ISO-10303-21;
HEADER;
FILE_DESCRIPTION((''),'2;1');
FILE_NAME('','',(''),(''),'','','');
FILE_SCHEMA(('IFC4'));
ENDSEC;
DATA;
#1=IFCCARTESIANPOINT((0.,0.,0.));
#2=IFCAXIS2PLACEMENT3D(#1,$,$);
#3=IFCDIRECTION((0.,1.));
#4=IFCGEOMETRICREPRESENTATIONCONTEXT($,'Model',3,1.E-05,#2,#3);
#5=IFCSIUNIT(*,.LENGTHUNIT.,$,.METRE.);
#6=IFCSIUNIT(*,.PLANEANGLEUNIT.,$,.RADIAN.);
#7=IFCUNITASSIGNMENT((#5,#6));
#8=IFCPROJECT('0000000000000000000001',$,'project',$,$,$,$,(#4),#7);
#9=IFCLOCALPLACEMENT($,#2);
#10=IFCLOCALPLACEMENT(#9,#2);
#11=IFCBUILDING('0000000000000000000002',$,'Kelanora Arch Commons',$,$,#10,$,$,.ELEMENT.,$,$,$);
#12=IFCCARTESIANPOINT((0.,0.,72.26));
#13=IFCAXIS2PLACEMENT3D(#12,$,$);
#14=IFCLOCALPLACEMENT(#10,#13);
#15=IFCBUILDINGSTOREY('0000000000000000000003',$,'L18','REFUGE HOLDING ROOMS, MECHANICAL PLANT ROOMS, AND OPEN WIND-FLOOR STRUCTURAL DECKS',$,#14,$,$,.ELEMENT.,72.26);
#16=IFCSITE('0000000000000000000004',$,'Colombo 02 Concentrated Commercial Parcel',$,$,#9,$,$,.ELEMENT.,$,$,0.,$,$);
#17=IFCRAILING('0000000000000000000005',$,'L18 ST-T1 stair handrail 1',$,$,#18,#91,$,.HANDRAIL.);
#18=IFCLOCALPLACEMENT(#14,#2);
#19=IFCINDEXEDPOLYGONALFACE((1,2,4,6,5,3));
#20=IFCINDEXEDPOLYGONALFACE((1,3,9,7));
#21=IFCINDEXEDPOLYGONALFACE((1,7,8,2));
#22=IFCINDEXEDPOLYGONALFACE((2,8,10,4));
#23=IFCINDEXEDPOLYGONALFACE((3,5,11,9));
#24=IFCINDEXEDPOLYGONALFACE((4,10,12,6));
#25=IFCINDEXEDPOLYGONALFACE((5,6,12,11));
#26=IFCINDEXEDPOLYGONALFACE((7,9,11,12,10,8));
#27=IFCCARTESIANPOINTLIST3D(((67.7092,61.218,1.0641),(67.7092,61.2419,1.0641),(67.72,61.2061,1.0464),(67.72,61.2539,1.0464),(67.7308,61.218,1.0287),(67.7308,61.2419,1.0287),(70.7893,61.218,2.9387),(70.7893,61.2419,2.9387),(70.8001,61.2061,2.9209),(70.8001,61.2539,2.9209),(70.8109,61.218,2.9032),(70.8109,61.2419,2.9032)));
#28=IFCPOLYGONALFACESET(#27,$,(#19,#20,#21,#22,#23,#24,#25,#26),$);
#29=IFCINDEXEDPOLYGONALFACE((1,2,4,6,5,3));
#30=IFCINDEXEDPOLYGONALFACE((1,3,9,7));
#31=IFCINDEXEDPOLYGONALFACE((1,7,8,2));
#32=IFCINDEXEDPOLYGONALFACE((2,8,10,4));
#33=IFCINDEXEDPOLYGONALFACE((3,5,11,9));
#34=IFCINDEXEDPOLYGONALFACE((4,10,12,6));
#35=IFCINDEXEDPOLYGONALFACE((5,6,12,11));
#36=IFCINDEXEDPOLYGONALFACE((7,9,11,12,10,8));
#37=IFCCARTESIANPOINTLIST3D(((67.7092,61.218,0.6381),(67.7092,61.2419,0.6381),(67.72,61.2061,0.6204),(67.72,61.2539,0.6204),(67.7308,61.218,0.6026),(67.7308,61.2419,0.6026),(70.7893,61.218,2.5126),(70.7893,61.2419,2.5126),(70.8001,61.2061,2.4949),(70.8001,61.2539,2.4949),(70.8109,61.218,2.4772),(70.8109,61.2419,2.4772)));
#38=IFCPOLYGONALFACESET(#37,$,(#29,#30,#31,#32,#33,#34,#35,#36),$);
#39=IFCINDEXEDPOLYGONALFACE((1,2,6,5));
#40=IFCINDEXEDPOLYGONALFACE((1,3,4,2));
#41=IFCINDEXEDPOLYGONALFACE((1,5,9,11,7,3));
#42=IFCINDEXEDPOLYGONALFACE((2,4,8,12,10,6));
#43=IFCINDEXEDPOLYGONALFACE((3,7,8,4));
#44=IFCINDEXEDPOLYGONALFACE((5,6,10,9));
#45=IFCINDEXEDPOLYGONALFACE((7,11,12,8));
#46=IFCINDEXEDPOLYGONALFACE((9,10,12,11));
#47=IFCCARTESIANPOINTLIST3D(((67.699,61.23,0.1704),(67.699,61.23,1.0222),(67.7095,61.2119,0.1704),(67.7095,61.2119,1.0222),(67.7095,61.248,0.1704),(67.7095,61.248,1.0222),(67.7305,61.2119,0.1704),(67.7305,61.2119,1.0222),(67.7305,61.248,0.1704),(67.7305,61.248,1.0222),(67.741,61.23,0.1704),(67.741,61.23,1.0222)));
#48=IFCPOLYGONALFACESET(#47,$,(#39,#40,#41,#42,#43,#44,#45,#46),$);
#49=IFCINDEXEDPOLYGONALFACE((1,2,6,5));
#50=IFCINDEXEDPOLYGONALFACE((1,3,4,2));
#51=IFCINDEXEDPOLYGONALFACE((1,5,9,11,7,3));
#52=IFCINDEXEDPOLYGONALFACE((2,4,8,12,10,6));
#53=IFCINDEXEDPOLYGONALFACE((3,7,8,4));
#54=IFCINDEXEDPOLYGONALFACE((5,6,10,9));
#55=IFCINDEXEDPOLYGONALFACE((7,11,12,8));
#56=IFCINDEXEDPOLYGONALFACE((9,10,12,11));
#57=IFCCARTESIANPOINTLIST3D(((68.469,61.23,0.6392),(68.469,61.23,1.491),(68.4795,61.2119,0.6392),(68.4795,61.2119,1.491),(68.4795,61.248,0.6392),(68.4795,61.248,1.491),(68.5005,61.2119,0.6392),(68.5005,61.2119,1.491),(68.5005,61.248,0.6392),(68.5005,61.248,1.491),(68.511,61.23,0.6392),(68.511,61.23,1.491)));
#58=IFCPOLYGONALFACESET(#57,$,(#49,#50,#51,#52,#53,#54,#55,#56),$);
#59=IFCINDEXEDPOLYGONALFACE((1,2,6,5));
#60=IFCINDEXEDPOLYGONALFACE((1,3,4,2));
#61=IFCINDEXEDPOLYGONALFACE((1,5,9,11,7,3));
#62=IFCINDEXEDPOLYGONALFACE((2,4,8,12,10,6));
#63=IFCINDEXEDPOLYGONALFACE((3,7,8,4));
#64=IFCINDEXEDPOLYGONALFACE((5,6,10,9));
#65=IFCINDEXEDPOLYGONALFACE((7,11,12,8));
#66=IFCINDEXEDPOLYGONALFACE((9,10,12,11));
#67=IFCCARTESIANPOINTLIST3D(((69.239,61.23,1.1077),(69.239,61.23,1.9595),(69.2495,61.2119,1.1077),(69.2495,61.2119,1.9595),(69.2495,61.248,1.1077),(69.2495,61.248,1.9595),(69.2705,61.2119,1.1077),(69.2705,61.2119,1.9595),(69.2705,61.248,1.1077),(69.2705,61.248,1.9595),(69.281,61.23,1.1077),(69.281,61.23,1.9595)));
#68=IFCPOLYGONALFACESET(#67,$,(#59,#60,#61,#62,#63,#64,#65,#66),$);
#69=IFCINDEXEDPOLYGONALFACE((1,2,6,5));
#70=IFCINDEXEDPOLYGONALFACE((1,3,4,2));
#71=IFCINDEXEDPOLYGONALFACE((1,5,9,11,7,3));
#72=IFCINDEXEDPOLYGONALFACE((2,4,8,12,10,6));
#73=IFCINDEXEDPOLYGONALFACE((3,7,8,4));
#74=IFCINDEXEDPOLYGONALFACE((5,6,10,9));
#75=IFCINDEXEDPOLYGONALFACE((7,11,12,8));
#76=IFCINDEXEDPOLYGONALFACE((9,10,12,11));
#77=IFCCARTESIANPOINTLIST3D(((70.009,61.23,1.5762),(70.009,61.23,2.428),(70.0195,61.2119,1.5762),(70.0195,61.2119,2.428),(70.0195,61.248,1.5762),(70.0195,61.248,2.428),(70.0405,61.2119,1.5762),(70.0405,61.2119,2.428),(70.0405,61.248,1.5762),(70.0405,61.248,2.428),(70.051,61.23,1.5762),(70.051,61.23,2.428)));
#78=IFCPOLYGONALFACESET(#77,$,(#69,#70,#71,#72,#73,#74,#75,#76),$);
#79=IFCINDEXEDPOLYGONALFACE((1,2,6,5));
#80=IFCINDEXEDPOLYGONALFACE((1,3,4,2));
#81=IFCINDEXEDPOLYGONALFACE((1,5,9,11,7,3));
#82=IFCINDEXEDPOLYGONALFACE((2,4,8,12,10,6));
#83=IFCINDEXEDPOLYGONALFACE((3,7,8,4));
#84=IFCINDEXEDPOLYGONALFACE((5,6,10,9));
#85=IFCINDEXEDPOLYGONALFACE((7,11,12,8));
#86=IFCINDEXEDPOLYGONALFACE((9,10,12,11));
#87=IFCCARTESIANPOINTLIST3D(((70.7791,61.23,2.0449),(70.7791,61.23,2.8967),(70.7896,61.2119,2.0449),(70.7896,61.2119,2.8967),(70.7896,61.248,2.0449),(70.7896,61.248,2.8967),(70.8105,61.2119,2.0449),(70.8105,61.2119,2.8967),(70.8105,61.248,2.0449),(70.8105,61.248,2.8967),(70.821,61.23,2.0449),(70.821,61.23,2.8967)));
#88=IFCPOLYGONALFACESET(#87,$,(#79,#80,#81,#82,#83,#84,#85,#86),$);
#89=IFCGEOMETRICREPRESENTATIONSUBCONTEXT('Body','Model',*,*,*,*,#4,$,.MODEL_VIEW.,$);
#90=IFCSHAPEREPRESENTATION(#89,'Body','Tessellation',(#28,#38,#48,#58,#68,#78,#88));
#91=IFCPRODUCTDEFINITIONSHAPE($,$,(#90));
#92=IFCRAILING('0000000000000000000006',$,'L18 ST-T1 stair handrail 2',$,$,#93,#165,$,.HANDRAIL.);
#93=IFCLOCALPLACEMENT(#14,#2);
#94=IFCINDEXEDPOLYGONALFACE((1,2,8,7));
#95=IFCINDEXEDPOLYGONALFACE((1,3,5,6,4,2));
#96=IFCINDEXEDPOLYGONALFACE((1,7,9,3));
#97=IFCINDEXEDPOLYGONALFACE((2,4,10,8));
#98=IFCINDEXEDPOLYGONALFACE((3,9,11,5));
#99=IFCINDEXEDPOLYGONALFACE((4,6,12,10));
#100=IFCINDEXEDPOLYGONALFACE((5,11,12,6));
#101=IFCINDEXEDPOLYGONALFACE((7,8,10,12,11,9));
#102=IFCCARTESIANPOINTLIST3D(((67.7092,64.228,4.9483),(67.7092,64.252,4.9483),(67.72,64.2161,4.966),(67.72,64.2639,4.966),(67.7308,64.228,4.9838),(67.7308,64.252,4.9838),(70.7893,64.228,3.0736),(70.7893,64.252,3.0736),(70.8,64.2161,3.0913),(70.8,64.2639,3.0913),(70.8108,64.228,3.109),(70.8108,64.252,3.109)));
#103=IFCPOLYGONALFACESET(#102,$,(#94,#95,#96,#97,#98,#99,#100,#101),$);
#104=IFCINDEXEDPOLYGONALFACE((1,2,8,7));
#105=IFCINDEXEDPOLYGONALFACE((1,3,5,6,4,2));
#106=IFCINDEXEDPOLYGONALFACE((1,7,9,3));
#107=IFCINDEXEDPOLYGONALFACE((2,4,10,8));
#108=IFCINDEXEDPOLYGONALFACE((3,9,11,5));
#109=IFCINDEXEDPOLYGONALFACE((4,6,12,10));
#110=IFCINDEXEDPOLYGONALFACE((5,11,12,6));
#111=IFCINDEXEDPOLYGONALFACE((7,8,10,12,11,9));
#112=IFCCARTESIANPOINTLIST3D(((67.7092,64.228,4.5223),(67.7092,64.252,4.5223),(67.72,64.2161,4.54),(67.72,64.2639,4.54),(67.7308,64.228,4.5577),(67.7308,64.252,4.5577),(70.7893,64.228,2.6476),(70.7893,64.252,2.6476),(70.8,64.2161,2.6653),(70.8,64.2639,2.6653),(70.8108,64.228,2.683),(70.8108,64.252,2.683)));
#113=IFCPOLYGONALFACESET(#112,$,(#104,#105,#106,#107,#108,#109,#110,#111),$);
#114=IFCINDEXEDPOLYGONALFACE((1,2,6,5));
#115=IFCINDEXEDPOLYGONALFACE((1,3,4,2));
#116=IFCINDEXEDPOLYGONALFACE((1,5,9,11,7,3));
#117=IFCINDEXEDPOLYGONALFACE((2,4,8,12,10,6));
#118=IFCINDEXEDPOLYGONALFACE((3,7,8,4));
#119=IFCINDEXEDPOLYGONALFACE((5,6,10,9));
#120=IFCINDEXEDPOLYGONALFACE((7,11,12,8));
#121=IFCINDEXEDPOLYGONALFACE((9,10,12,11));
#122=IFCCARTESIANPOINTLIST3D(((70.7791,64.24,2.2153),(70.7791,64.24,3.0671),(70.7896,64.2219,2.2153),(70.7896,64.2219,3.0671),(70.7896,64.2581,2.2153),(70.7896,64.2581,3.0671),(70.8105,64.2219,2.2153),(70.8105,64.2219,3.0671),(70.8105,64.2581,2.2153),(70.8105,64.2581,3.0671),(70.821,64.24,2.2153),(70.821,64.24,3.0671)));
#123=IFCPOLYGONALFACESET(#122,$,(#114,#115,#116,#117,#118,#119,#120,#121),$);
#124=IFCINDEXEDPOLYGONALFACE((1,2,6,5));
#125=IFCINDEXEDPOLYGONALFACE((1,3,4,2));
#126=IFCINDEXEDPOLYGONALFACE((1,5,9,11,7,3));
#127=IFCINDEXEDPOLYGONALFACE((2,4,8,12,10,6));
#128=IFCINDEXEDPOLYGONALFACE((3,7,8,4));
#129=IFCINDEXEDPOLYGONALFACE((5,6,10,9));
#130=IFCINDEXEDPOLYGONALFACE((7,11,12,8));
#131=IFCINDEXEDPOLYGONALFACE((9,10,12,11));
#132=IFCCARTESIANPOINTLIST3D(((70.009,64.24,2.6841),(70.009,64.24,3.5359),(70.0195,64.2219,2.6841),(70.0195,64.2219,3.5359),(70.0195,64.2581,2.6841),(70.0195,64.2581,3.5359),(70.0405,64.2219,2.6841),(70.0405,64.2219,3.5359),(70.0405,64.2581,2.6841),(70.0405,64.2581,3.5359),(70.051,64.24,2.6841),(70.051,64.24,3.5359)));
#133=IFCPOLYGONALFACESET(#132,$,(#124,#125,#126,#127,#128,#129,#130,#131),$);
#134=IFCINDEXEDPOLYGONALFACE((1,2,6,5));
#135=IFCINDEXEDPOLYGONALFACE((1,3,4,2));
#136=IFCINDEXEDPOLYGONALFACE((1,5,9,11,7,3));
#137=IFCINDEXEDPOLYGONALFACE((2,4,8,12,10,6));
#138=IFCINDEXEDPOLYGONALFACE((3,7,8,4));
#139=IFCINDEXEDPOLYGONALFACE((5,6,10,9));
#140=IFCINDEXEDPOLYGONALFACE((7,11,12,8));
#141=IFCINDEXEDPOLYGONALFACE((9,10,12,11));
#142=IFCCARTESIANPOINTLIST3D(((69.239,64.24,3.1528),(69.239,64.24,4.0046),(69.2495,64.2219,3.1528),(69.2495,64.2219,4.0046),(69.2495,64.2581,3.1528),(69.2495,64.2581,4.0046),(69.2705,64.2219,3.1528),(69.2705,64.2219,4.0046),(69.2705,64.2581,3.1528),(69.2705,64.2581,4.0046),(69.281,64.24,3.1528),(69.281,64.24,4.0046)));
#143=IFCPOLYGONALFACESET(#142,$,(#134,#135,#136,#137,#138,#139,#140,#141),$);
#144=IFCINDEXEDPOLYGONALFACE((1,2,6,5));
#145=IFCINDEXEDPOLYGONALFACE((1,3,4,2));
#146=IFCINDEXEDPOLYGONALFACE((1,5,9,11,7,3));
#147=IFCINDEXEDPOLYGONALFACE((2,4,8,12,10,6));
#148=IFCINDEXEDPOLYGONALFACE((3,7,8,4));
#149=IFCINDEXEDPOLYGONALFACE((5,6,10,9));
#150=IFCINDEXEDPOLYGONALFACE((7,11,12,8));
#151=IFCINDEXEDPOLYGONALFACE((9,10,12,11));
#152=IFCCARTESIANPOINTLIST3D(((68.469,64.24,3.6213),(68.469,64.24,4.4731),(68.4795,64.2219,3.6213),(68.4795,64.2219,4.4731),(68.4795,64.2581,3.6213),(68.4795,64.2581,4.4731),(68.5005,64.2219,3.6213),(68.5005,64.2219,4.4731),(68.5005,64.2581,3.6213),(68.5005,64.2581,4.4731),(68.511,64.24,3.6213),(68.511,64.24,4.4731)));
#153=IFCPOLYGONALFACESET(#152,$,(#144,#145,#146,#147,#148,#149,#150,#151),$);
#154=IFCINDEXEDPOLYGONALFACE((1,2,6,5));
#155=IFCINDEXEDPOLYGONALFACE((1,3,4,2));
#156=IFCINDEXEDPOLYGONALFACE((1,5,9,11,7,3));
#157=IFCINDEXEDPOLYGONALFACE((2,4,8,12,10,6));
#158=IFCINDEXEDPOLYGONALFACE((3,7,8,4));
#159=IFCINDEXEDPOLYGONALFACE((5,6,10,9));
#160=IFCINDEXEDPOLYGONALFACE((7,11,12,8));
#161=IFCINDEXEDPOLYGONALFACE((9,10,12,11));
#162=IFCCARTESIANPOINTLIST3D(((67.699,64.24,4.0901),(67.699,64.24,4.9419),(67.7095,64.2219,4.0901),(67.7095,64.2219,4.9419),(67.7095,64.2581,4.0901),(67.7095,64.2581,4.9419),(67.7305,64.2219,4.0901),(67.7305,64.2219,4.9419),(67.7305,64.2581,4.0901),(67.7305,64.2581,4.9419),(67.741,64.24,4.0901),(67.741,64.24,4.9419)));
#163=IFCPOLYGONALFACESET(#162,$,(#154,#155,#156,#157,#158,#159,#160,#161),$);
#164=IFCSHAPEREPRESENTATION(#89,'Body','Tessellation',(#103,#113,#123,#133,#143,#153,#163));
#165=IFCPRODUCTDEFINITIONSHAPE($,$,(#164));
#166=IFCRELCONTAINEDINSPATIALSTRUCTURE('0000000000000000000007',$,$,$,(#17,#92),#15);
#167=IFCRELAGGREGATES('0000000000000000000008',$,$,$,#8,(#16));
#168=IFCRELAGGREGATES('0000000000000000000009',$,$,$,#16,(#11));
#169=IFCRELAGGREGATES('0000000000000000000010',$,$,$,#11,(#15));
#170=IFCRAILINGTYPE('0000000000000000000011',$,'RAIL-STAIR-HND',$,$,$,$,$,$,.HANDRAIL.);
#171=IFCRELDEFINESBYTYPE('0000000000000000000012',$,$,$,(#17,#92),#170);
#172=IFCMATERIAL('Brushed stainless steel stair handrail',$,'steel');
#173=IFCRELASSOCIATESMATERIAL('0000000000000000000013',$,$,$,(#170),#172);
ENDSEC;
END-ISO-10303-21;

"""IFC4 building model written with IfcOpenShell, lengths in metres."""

from ifc_helpers import new_model, si_unit, direction, frame, origin, place, context, subcontext, project, spatial, polyline, outline, extrude, material, type_object, element, save


model = new_model("IFC4")

# Units and contexts
model_context = context("Model", 3, precision=1e-05, world=origin(), true_north=direction((0.0, 1.0)))
body_context = subcontext(model_context, "Body", "Model", "MODEL_VIEW")
ifc_project = project(units=[si_unit("LENGTHUNIT", "METRE"), si_unit("PLANEANGLEUNIT", "RADIAN")], contexts=[model_context])

# Site, building, storey
site_placement = place(None, origin())
site = spatial("IfcSite", under=ifc_project, at=site_placement, Name="Colombo 02 Concentrated Commercial Parcel", CompositionType="ELEMENT", RefElevation=0.0)
building_placement = place(site_placement, origin())
building = spatial("IfcBuilding", under=site, at=building_placement, Name="Kelanora Arch Commons", CompositionType="ELEMENT")
storey_placement = place(building_placement, frame((0.0, 0.0, 72.26)))
storey = spatial("IfcBuildingStorey", under=building, at=storey_placement, Name="L18", Description="REFUGE HOLDING ROOMS, MECHANICAL PLANT ROOMS, AND OPEN WIND-FLOOR STRUCTURAL DECKS", CompositionType="ELEMENT", Elevation=72.26)

# Railings
ifc_material_1 = material(Name="Brushed stainless steel stair handrail", Category="steel")
railing_type_1 = type_object("IfcRailingType", Name="RAIL-STAIR-HND", PredefinedType="HANDRAIL", material=ifc_material_1)
railing_1_placement = place(storey_placement, frame((67.72, 61.23, 0.1704)))
element("IfcRailing", 1, at=railing_1_placement, inside=storey, type_object=railing_type_1, Name="L18 ST-T1 stair handrail 1", PredefinedType="HANDRAIL", context=body_context, shape_type="SweptSolid", body=[
    extrude(outline(polyline([(0.0239, 0.0), (0.012, 0.0208), (-0.012, 0.0208), (-0.0239, 0.0), (-0.012, -0.0208), (0.012, -0.0208), (0.0239, 0.0)])), frame((0.0, 0.0, 0.876), z_axis=(0.854238, 0.0, 0.519883), x_axis=(0.0, 1.0, 0.0)), (0.0, 0.0, 1.0), 3.6057),
    extrude(outline(polyline([(0.0239, 0.0), (0.012, 0.0208), (-0.012, 0.0208), (-0.0239, 0.0), (-0.012, -0.0208), (0.012, -0.0208), (0.0239, 0.0)])), frame((0.0, 0.0, 0.45), z_axis=(0.854238, 0.0, 0.519883), x_axis=(0.0, 1.0, 0.0)), (0.0, 0.0, 1.0), 3.6057),
    extrude(outline(polyline([(0.021, 0.0), (0.0105, 0.0181), (-0.0105, 0.0181), (-0.021, 0.0), (-0.0105, -0.0181), (0.0105, -0.0181), (0.021, 0.0)])), origin(), (0.0, 0.0, 1.0), 0.8518),
    extrude(outline(polyline([(0.021, 0.0), (0.0105, 0.0181), (-0.0105, 0.0181), (-0.021, 0.0), (-0.0105, -0.0181), (0.0105, -0.0181), (0.021, 0.0)])), frame((0.77, 0.0, 0.4688)), (0.0, 0.0, 1.0), 0.8518),
    extrude(outline(polyline([(0.021, 0.0), (0.0105, 0.0181), (-0.0105, 0.0181), (-0.021, 0.0), (-0.0105, -0.0181), (0.0105, -0.0181), (0.021, 0.0)])), frame((1.54, 0.0, 0.9373)), (0.0, 0.0, 1.0), 0.8518),
    extrude(outline(polyline([(0.021, 0.0), (0.0105, 0.0181), (-0.0105, 0.0181), (-0.021, 0.0), (-0.0105, -0.0181), (0.0105, -0.0181), (0.021, 0.0)])), frame((2.3101, 0.0, 1.4058)), (0.0, 0.0, 1.0), 0.8518),
    extrude(outline(polyline([(0.021, 0.0), (0.0105, 0.0181), (-0.0105, 0.0181), (-0.021, 0.0), (-0.0105, -0.0181), (0.0105, -0.0181), (0.021, 0.0)])), frame((3.0801, 0.0, 1.8745)), (0.0, 0.0, 1.0), 0.8518),
])
railing_2_placement = place(storey_placement, frame((70.8, 64.24, 2.2153)))
element("IfcRailing", 2, at=railing_2_placement, inside=storey, type_object=railing_type_1, Name="L18 ST-T1 stair handrail 2", PredefinedType="HANDRAIL", context=body_context, shape_type="SweptSolid", body=[
    extrude(outline(polyline([(0.0239, 0.0), (0.012, 0.0208), (-0.012, 0.0208), (-0.0239, 0.0), (-0.012, -0.0208), (0.012, -0.0208), (0.0239, 0.0)])), frame((0.0, 0.0, 0.876), z_axis=(-0.854208, 0.0, 0.519932), x_axis=(0.0, -1.0, 0.0)), (0.0, 0.0, 1.0), 3.6057),
    extrude(outline(polyline([(0.0239, 0.0), (0.012, 0.0208), (-0.012, 0.0208), (-0.0239, 0.0), (-0.012, -0.0208), (0.012, -0.0208), (0.0239, 0.0)])), frame((0.0, 0.0, 0.45), z_axis=(-0.854208, 0.0, 0.519932), x_axis=(0.0, -1.0, 0.0)), (0.0, 0.0, 1.0), 3.6057),
    extrude(outline(polyline([(0.021, 0.0), (0.0105, 0.0181), (-0.0105, 0.0181), (-0.021, 0.0), (-0.0105, -0.0181), (0.0105, -0.0181), (0.021, 0.0)])), origin(), (0.0, 0.0, 1.0), 0.8518),
    extrude(outline(polyline([(0.021, 0.0), (0.0105, 0.0181), (-0.0105, 0.0181), (-0.021, 0.0), (-0.0105, -0.0181), (0.0105, -0.0181), (0.021, 0.0)])), frame((-0.77, 0.0, 0.4688)), (0.0, 0.0, 1.0), 0.8518),
    extrude(outline(polyline([(0.021, 0.0), (0.0105, 0.0181), (-0.0105, 0.0181), (-0.021, 0.0), (-0.0105, -0.0181), (0.0105, -0.0181), (0.021, 0.0)])), frame((-1.54, 0.0, 0.9375)), (0.0, 0.0, 1.0), 0.8518),
    extrude(outline(polyline([(0.021, 0.0), (0.0105, 0.0181), (-0.0105, 0.0181), (-0.021, 0.0), (-0.0105, -0.0181), (0.0105, -0.0181), (0.021, 0.0)])), frame((-2.3101, 0.0, 1.406)), (0.0, 0.0, 1.0), 0.8518),
    extrude(outline(polyline([(0.021, 0.0), (0.0105, 0.0181), (-0.0105, 0.0181), (-0.021, 0.0), (-0.0105, -0.0181), (0.0105, -0.0181), (0.021, 0.0)])), frame((-3.0801, 0.0, 1.8748)), (0.0, 0.0, 1.0), 0.8518),
])

save(model, "model.ifc")
